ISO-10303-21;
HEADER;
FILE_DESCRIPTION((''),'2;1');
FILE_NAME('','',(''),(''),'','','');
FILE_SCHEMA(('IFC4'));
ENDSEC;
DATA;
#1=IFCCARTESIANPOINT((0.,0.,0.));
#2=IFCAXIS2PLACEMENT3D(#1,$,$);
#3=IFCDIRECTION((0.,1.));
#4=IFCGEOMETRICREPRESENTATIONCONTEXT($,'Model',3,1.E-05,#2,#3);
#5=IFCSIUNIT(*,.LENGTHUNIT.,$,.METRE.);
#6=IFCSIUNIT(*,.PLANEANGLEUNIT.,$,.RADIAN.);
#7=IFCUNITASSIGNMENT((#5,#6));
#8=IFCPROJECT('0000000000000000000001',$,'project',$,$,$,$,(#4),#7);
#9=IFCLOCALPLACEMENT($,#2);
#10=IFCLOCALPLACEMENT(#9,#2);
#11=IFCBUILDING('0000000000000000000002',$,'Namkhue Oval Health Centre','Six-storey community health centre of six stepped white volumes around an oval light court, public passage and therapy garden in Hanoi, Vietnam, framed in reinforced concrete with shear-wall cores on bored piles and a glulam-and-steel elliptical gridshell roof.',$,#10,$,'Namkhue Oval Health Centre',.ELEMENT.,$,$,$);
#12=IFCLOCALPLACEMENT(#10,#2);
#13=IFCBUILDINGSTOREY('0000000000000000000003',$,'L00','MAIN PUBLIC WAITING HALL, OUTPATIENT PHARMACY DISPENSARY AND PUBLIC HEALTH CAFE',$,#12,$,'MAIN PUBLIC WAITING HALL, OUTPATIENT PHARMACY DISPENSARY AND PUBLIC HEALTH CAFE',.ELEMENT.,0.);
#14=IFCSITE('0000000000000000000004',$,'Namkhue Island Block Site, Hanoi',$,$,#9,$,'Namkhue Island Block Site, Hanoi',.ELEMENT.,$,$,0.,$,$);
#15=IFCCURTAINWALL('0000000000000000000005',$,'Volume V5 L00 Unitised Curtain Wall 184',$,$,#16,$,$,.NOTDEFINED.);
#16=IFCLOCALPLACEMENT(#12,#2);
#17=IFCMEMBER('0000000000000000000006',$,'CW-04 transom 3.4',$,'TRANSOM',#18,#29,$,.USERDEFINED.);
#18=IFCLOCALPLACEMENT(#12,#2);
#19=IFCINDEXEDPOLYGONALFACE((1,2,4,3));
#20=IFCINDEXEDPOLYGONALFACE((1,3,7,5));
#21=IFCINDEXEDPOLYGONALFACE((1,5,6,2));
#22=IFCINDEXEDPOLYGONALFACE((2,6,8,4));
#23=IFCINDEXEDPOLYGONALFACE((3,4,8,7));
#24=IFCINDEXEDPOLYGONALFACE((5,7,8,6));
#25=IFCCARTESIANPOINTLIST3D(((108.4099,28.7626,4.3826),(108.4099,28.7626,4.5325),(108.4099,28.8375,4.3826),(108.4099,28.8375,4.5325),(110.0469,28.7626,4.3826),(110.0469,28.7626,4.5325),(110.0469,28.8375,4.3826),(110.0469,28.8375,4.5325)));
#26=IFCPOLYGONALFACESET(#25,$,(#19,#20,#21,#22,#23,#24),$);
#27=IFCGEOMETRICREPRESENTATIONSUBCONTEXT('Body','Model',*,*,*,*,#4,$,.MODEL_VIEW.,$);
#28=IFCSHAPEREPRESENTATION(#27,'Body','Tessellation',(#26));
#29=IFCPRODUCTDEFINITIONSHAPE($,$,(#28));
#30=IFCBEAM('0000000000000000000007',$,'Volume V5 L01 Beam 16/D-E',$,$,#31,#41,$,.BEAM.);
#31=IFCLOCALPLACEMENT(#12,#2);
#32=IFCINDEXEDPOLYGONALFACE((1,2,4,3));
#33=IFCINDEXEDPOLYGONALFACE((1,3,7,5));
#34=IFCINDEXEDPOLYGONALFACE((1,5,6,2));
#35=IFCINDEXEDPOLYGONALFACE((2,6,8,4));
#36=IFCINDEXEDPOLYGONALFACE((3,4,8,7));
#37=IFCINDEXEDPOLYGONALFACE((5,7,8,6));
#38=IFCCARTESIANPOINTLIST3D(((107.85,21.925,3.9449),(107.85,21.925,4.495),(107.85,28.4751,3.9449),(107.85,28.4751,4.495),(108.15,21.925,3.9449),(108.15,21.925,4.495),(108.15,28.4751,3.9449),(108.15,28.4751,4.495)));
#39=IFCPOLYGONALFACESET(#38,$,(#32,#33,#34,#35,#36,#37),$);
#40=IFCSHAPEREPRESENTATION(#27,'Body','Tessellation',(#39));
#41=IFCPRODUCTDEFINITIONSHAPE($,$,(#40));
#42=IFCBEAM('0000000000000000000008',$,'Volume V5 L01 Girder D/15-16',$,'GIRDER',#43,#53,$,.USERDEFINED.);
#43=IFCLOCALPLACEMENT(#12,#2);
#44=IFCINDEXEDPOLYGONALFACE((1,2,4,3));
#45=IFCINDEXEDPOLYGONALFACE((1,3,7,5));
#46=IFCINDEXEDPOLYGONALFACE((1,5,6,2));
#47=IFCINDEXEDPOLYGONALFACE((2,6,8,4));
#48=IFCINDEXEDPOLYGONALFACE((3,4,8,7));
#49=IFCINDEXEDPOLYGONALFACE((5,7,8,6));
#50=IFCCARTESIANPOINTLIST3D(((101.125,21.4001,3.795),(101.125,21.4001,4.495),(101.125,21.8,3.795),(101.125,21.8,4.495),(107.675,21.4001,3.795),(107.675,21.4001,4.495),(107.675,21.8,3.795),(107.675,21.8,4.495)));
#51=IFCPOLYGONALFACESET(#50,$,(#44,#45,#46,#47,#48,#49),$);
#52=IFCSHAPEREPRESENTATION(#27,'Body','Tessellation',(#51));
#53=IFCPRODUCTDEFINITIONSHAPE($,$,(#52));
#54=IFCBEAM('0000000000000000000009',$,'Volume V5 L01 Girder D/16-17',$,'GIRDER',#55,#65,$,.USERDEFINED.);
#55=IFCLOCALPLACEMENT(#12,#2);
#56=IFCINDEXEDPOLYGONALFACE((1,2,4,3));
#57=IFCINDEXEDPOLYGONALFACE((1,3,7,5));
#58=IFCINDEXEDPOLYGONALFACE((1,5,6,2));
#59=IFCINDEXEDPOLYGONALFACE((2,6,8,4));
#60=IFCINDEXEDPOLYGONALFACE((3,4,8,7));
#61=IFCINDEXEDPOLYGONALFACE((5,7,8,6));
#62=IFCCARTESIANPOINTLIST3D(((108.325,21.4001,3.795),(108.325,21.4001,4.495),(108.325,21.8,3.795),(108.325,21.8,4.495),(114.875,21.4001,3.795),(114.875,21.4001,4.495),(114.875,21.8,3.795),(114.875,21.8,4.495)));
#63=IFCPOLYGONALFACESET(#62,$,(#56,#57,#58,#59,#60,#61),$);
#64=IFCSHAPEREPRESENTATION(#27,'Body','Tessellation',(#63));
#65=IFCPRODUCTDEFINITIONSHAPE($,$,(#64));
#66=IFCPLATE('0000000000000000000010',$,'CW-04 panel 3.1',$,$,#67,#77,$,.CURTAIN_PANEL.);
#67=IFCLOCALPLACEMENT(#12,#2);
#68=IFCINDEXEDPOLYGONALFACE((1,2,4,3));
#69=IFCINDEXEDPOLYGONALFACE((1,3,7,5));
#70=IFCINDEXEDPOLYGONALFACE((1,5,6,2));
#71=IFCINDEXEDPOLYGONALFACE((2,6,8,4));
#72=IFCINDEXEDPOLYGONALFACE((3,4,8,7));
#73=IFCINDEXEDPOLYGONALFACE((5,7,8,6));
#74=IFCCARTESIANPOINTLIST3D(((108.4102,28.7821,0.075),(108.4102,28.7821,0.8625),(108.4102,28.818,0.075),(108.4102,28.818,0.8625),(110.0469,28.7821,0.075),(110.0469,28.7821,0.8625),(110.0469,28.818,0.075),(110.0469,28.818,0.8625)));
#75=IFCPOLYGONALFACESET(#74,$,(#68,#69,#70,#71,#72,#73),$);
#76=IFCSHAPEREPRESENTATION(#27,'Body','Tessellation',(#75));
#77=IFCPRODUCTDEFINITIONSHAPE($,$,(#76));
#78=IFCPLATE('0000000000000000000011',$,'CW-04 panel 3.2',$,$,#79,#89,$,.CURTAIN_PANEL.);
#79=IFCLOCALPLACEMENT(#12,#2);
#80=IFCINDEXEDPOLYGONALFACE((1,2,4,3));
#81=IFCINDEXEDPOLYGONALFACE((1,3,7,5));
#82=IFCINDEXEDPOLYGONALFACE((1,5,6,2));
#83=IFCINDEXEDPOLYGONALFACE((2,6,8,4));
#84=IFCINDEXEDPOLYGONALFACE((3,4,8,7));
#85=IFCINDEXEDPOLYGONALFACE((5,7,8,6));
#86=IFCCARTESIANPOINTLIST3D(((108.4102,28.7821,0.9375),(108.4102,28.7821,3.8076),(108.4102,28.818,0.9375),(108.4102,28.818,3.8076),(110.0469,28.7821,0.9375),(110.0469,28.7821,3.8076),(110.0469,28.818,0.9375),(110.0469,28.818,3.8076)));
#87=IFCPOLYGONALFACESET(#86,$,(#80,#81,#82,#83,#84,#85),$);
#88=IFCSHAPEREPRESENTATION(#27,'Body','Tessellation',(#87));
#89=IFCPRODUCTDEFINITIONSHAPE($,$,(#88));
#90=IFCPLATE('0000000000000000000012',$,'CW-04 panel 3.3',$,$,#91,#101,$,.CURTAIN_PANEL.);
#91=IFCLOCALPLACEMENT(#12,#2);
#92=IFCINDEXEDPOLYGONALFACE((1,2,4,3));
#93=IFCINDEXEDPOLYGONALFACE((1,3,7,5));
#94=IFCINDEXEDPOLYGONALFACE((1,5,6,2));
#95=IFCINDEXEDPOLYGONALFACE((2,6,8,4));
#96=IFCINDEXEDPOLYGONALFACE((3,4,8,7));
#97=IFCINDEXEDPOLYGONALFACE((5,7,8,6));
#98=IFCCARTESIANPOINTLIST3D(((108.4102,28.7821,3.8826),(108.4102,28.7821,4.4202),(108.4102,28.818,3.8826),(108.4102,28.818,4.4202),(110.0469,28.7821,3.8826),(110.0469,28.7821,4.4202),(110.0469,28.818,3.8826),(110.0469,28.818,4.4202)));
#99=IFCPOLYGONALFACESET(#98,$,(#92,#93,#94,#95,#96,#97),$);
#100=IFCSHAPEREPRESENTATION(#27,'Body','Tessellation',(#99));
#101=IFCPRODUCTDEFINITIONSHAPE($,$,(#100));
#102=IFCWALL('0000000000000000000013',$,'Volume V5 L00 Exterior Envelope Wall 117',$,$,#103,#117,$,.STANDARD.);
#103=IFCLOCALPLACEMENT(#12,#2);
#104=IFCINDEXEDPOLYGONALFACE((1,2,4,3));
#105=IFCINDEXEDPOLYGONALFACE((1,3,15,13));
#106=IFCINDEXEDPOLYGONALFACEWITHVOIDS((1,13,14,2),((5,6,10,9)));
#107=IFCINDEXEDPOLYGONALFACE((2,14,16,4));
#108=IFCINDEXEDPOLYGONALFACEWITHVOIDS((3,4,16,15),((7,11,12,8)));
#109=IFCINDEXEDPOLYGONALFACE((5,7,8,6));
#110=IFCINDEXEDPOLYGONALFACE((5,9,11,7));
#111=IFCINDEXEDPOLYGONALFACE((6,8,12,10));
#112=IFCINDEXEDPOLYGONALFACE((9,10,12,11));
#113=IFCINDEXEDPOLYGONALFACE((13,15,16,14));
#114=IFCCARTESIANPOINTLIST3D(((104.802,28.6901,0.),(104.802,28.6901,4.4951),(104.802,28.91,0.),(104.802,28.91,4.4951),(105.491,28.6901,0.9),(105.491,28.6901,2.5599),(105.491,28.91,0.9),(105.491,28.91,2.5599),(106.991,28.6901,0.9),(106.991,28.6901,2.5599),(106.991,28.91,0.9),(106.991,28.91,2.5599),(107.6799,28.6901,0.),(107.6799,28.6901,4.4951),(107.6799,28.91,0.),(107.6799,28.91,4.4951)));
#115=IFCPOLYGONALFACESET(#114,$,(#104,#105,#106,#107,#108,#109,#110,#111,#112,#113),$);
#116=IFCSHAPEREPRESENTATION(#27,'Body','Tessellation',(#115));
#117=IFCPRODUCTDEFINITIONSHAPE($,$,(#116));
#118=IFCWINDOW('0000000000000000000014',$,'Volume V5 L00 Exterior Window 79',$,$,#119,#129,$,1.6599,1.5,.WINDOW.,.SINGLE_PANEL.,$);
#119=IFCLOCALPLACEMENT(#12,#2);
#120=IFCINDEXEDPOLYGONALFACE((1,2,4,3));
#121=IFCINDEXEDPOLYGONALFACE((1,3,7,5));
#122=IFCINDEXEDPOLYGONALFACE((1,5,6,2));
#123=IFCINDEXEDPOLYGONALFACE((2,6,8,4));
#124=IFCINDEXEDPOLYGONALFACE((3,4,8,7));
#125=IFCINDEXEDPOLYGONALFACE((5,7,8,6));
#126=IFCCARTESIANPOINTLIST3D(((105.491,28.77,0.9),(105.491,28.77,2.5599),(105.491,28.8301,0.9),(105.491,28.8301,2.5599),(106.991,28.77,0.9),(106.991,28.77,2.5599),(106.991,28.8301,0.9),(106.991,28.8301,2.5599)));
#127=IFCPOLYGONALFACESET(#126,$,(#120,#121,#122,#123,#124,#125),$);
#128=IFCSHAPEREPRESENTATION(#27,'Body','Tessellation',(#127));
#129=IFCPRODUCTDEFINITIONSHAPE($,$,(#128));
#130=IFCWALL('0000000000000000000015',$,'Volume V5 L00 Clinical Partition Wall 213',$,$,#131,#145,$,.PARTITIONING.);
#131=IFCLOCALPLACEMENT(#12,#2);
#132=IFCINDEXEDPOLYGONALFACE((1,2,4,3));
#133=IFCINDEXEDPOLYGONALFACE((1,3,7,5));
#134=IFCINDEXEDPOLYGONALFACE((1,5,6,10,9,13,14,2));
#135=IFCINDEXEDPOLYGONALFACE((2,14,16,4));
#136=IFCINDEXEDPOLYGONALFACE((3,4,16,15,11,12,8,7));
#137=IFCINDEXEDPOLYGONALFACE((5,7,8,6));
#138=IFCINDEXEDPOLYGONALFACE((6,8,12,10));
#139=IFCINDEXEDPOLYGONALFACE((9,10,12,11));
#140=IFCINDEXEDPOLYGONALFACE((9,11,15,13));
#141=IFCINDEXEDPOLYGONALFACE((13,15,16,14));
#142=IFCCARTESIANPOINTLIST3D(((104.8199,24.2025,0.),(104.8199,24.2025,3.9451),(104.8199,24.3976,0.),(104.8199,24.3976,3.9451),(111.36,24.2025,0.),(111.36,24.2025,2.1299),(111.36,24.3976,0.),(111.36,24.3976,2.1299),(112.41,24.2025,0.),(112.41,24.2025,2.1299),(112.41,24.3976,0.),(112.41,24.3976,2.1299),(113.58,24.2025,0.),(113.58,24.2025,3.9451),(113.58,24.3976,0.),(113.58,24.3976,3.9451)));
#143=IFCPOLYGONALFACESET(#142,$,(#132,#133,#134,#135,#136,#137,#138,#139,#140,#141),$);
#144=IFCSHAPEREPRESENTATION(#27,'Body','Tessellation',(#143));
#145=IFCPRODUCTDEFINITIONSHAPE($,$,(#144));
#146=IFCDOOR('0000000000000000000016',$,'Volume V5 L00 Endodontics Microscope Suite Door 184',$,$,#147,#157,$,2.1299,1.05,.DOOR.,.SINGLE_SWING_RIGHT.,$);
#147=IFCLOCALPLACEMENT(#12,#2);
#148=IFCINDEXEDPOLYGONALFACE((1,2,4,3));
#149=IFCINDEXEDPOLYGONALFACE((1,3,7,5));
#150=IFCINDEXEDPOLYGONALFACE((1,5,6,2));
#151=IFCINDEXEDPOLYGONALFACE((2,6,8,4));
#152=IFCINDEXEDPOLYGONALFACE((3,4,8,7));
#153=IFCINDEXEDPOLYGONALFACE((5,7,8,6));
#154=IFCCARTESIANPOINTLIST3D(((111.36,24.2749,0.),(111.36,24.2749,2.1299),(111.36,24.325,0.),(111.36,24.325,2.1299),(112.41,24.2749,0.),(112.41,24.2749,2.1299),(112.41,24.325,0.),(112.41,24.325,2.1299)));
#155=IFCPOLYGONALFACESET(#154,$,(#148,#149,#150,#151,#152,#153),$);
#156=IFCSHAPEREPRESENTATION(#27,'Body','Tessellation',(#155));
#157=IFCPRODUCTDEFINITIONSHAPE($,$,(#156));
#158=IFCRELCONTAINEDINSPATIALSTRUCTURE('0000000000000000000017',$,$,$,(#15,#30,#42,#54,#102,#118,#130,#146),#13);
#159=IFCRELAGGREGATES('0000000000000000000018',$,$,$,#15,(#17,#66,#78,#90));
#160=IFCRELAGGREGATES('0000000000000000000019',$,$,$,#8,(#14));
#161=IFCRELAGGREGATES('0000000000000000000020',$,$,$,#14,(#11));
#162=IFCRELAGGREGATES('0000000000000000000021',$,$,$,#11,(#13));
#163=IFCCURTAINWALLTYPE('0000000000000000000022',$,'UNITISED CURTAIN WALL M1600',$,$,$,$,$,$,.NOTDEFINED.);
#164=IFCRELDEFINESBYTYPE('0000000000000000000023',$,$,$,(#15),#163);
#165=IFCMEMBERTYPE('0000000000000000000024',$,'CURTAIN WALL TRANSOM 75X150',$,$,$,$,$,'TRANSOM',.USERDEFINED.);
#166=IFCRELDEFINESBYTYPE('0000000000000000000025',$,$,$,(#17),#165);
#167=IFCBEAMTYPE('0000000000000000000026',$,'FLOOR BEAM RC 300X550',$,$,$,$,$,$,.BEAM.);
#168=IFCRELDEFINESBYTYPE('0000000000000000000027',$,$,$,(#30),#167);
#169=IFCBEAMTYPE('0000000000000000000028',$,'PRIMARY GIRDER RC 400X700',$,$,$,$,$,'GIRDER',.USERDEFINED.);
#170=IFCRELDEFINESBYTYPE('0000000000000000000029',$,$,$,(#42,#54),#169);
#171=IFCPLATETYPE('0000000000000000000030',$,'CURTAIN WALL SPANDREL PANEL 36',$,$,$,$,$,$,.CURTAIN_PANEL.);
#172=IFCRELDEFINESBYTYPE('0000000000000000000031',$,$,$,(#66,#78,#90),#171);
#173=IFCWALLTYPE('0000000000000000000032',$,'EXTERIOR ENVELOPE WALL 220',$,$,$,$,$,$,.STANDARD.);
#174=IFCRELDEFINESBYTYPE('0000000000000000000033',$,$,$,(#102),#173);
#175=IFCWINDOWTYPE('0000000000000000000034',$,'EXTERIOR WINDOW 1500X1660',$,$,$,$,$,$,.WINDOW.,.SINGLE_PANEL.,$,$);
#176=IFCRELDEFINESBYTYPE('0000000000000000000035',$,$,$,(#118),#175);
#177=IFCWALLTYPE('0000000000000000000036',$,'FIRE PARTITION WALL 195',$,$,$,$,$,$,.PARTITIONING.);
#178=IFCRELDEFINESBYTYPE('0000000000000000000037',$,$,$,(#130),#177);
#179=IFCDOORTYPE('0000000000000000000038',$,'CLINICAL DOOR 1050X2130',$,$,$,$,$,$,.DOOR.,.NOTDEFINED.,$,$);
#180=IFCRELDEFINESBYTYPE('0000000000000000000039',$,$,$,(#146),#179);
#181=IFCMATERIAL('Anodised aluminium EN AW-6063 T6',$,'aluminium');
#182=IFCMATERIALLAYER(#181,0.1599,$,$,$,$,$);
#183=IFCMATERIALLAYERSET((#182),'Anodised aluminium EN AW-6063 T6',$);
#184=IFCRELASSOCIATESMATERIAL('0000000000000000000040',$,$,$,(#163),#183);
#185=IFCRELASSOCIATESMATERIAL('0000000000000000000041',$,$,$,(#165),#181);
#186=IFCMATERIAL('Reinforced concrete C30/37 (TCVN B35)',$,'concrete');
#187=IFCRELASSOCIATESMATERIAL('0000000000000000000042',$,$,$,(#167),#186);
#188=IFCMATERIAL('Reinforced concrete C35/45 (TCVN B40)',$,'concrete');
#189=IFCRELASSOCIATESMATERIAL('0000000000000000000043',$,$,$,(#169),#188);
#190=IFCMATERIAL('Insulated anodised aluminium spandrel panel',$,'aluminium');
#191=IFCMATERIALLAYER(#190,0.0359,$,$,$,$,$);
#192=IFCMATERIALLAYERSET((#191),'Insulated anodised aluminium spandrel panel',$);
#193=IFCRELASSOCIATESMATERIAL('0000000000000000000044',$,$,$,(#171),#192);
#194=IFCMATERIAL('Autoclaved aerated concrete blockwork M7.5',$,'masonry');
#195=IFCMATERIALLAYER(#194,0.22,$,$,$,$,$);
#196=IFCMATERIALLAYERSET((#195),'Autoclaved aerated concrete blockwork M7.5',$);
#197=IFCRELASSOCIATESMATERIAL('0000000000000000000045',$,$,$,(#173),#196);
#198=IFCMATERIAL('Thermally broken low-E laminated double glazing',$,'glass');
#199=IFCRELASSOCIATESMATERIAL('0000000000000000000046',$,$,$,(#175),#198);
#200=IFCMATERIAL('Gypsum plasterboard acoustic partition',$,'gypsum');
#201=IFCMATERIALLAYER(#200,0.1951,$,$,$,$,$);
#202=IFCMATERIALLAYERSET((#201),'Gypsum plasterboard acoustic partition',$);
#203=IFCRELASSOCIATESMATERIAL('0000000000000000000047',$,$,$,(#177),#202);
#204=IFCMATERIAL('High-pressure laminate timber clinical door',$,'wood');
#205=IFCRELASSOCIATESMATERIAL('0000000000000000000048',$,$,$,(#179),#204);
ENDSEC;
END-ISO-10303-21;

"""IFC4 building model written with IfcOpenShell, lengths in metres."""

from ifc_helpers import new_model, si_unit, direction, frame, frame_2d, origin, origin_2d, place, context, subcontext, project, spatial, rectangle, extrude, material, layer, layer_set, material_profile, profile_set, type_object, element, fill, aggregate, save


model = new_model("IFC4")

# Units and contexts
model_context = context("Model", 3, precision=1e-05, world=origin(), true_north=direction((0.0, 1.0)))
body_context = subcontext(model_context, "Body", "Model", "MODEL_VIEW")
ifc_project = project(units=[si_unit("LENGTHUNIT", "METRE"), si_unit("PLANEANGLEUNIT", "RADIAN")], contexts=[model_context])

# Site, building, storey
site_placement = place(None, origin())
site = spatial("IfcSite", under=ifc_project, at=site_placement, Name="Namkhue Island Block Site, Hanoi", LongName="Namkhue Island Block Site, Hanoi", CompositionType="ELEMENT", RefElevation=0.0)
building_placement = place(site_placement, origin())
building = spatial("IfcBuilding", under=site, at=building_placement, Name="Namkhue Oval Health Centre", Description="Six-storey community health centre of six stepped white volumes around an oval light court, public passage and therapy garden in Hanoi, Vietnam, framed in reinforced concrete with shear-wall cores on bored piles and a glulam-and-steel elliptical gridshell roof.", LongName="Namkhue Oval Health Centre", CompositionType="ELEMENT")
storey_placement = place(building_placement, origin())
storey = spatial("IfcBuildingStorey", under=building, at=storey_placement, Name="L00", Description="MAIN PUBLIC WAITING HALL, OUTPATIENT PHARMACY DISPENSARY AND PUBLIC HEALTH CAFE", LongName="MAIN PUBLIC WAITING HALL, OUTPATIENT PHARMACY DISPENSARY AND PUBLIC HEALTH CAFE", CompositionType="ELEMENT", Elevation=0.0)

# Shared definitions
ifc_material_1 = material(Name="Reinforced concrete C30/37 (TCVN B35)", Category="concrete")

# Shared definitions
ifc_material_2 = material(Name="Reinforced concrete C35/45 (TCVN B40)", Category="concrete")

# Curtain wall, member
ifc_material_3 = material(Name="Anodised aluminium EN AW-6063 T6", Category="aluminium")
ifc_layer_1 = layer(ifc_material_3, 0.1599)
ifc_layer_set_1 = layer_set([ifc_layer_1], Name="Anodised aluminium EN AW-6063 T6")
curtain_wall_type = type_object("IfcCurtainWallType", Name="UNITISED CURTAIN WALL M1600", PredefinedType="NOTDEFINED", material=ifc_layer_set_1)
curtain_wall_placement = place(storey_placement, origin())
curtain_wall = element("IfcCurtainWall", 1, at=curtain_wall_placement, inside=storey, type_object=curtain_wall_type, Name="Volume V5 L00 Unitised Curtain Wall 184", PredefinedType="NOTDEFINED")
ifc_material_profile_1 = material_profile(ifc_material_3, rectangle(XDim=0.075, YDim=0.1499, at=origin_2d()), Name="ALU 75x150")
ifc_profile_set_1 = profile_set([ifc_material_profile_1], Name="Anodised aluminium EN AW-6063 T6")
member_type_1 = type_object("IfcMemberType", Name="CURTAIN WALL TRANSOM 75X150", ElementType="TRANSOM", PredefinedType="USERDEFINED", material=ifc_profile_set_1)
member_1_placement = place(storey_placement, frame((110.0469, 28.8, 4.4575), z_axis=(-1.0, 0.0, 0.0), x_axis=(0.0, -1.0, 0.0)))
member_1 = element("IfcMember", 2, at=member_1_placement, type_object=member_type_1, Name="CW-04 transom 3.4", ObjectType="TRANSOM", PredefinedType="USERDEFINED", context=body_context, shape_type="SweptSolid", body=[
    extrude(rectangle(XDim=0.075, YDim=0.1499, at=origin_2d()), origin(), (0.0, 0.0, 1.0), 1.637),
])

# Beams
ifc_material_profile_2 = material_profile(ifc_material_1, rectangle(XDim=0.3, YDim=0.55, at=origin_2d()), Name="RC 300x550")
ifc_profile_set_2 = profile_set([ifc_material_profile_2], Name="Reinforced concrete C30/37 (TCVN B35)")
beam_type_1 = type_object("IfcBeamType", Name="FLOOR BEAM RC 300X550", PredefinedType="BEAM", material=ifc_profile_set_2)
beam_placement = place(storey_placement, frame((108.0, 21.925, 4.22), z_axis=(0.0, 1.0, 0.0), x_axis=(-1.0, 0.0, 0.0)))
element("IfcBeam", 3, at=beam_placement, inside=storey, type_object=beam_type_1, Name="Volume V5 L01 Beam 16/D-E", PredefinedType="BEAM", context=body_context, shape_type="SweptSolid", body=[
    extrude(rectangle(XDim=0.3, YDim=0.55, at=origin_2d()), origin(), (0.0, 0.0, 1.0), 6.55),
])
ifc_material_profile_3 = material_profile(ifc_material_2, rectangle(XDim=0.3999, YDim=0.7, at=origin_2d()), Name="RC 400x700")
ifc_profile_set_3 = profile_set([ifc_material_profile_3], Name="Reinforced concrete C35/45 (TCVN B40)")
beam_type_2 = type_object("IfcBeamType", Name="PRIMARY GIRDER RC 400X700", ElementType="GIRDER", PredefinedType="USERDEFINED", material=ifc_profile_set_3)
for number, where, z_axis, x_axis, name in (
    (4, (101.125, 21.6001, 4.145), (1.0, 0.0, 0.0), (0.0, 1.0, 0.0), "Volume V5 L01 Girder D/15-16"),
    (5, (108.325, 21.6001, 4.145), (1.0, 0.0, 0.0), (0.0, 1.0, 0.0), "Volume V5 L01 Girder D/16-17"),
):
    element("IfcBeam", number, at=place(storey_placement, frame(where, z_axis=z_axis, x_axis=x_axis)), inside=storey, type_object=beam_type_2, Name=name, ObjectType="GIRDER", PredefinedType="USERDEFINED", context=body_context, shape_type="SweptSolid", body=[
        extrude(rectangle(XDim=0.3999, YDim=0.7, at=origin_2d()), origin(), (0.0, 0.0, 1.0), 6.55),
    ])

# Plates
ifc_material_4 = material(Name="Insulated anodised aluminium spandrel panel", Category="aluminium")
ifc_layer_2 = layer(ifc_material_4, 0.0359)
ifc_layer_set_2 = layer_set([ifc_layer_2], Name="Insulated anodised aluminium spandrel panel")
plate_type = type_object("IfcPlateType", Name="CURTAIN WALL SPANDREL PANEL 36", PredefinedType="CURTAIN_PANEL", material=ifc_layer_set_2)
plate_1_placement = place(storey_placement, frame((109.2285, 28.8, 0.075), z_axis=(0.0, 0.0, 1.0), x_axis=(-1.0, 0.0, 0.0)))
plate_1 = element("IfcPlate", 6, at=plate_1_placement, type_object=plate_type, Name="CW-04 panel 3.1", PredefinedType="CURTAIN_PANEL", context=body_context, shape_type="SweptSolid", body=[
    extrude(rectangle(XDim=1.6367, YDim=0.0359, at=origin_2d()), origin(), (0.0, 0.0, 1.0), 0.7876),
])
plate_2_placement = place(storey_placement, frame((109.2285, 28.8, 0.9375), z_axis=(0.0, 0.0, 1.0), x_axis=(-1.0, 0.0, 0.0)))
plate_2 = element("IfcPlate", 7, at=plate_2_placement, type_object=plate_type, Name="CW-04 panel 3.2", PredefinedType="CURTAIN_PANEL", context=body_context, shape_type="SweptSolid", body=[
    extrude(rectangle(XDim=1.6367, YDim=0.0359, at=origin_2d()), origin(), (0.0, 0.0, 1.0), 2.8701),
])
plate_3_placement = place(storey_placement, frame((109.2285, 28.8, 3.8826), z_axis=(0.0, 0.0, 1.0), x_axis=(-1.0, 0.0, 0.0)))
plate_3 = element("IfcPlate", 8, at=plate_3_placement, type_object=plate_type, Name="CW-04 panel 3.3", PredefinedType="CURTAIN_PANEL", context=body_context, shape_type="SweptSolid", body=[
    extrude(rectangle(XDim=1.6367, YDim=0.0359, at=origin_2d()), origin(), (0.0, 0.0, 1.0), 0.5376),
])
aggregate(curtain_wall, [member_1, plate_1, plate_2, plate_3])

# Wall, opening, window
ifc_material_5 = material(Name="Autoclaved aerated concrete blockwork M7.5", Category="masonry")
ifc_layer_3 = layer(ifc_material_5, 0.22)
ifc_layer_set_3 = layer_set([ifc_layer_3], Name="Autoclaved aerated concrete blockwork M7.5")
wall_type_1 = type_object("IfcWallType", Name="EXTERIOR ENVELOPE WALL 220", PredefinedType="STANDARD", material=ifc_layer_set_3)
wall_1_placement = place(storey_placement, frame((107.6799, 28.8, 0.0), z_axis=(0.0, 0.0, 1.0), x_axis=(-1.0, 0.0, 0.0)))
wall_1 = element("IfcWall", 9, at=wall_1_placement, inside=storey, type_object=wall_type_1, Name="Volume V5 L00 Exterior Envelope Wall 117", PredefinedType="STANDARD", context=body_context, shape_type="SweptSolid", body=[
    extrude(rectangle(XDim=2.8779, YDim=0.22, at=frame_2d((1.439, 0.0))), origin(), (0.0, 0.0, 1.0), 4.4951),
])
opening_1_placement = place(wall_1_placement, frame((0.689, 0.0, 0.8999)))
opening_1 = element("IfcOpeningElement", 10, at=opening_1_placement, cuts=wall_1, PredefinedType="OPENING", context=body_context, shape_type="SweptSolid", body=[
    extrude(rectangle(XDim=1.5, YDim=1.6599, at=frame_2d((0.75, 0.8301))), frame((0.0, 0.1199, 0.0), z_axis=(0.0, -1.0, 0.0), x_axis=(1.0, 0.0, 0.0)), (0.0, 0.0, 1.0), 0.24),
])
ifc_material_6 = material(Name="Thermally broken low-E laminated double glazing", Category="glass")
window_type = type_object("IfcWindowType", Name="EXTERIOR WINDOW 1500X1660", PartitioningType="SINGLE_PANEL", PredefinedType="WINDOW", material=ifc_material_6)
window_placement = place(opening_1_placement, origin())
window = element("IfcWindow", 11, at=window_placement, inside=storey, type_object=window_type, Name="Volume V5 L00 Exterior Window 79", OverallHeight=1.6599, OverallWidth=1.5, PartitioningType="SINGLE_PANEL", PredefinedType="WINDOW", context=body_context, shape_type="SweptSolid", body=[
    extrude(rectangle(XDim=1.5, YDim=1.6599, at=frame_2d((0.75, 0.8301))), frame((0.0, 0.03, 0.0), z_axis=(0.0, -1.0, 0.0), x_axis=(1.0, 0.0, 0.0)), (0.0, 0.0, 1.0), 0.0601),
])
fill(opening_1, window)

# Wall, opening, door
ifc_material_7 = material(Name="Gypsum plasterboard acoustic partition", Category="gypsum")
ifc_layer_4 = layer(ifc_material_7, 0.1951)
ifc_layer_set_4 = layer_set([ifc_layer_4], Name="Gypsum plasterboard acoustic partition")
wall_type_2 = type_object("IfcWallType", Name="FIRE PARTITION WALL 195", PredefinedType="PARTITIONING", material=ifc_layer_set_4)
wall_2_placement = place(storey_placement, frame((104.8201, 24.3, 0.0), z_axis=(0.0, 0.0, 1.0), x_axis=(1.0, 0.0, 0.0)))
wall_2 = element("IfcWall", 12, at=wall_2_placement, inside=storey, type_object=wall_type_2, Name="Volume V5 L00 Clinical Partition Wall 213", PredefinedType="PARTITIONING", context=body_context, shape_type="SweptSolid", body=[
    extrude(rectangle(XDim=8.76, YDim=0.1951, at=frame_2d((4.3799, 0.0))), origin(), (0.0, 0.0, 1.0), 3.9451),
])
opening_2_placement = place(wall_2_placement, frame((6.54, 0.0, 0.0)))
opening_2 = element("IfcOpeningElement", 13, at=opening_2_placement, cuts=wall_2, PredefinedType="OPENING", context=body_context, shape_type="SweptSolid", body=[
    extrude(rectangle(XDim=1.05, YDim=2.1299, at=frame_2d((0.5249, 1.0649))), frame((0.0, 0.1074, 0.0), z_axis=(0.0, -1.0, 0.0), x_axis=(1.0, 0.0, 0.0)), (0.0, 0.0, 1.0), 0.2151),
])
ifc_material_8 = material(Name="High-pressure laminate timber clinical door", Category="wood")
door_type_1 = type_object("IfcDoorType", Name="CLINICAL DOOR 1050X2130", OperationType="NOTDEFINED", PredefinedType="DOOR", material=ifc_material_8)
door_1_placement = place(opening_2_placement, origin())
door_1 = element("IfcDoor", 14, at=door_1_placement, inside=storey, type_object=door_type_1, Name="Volume V5 L00 Endodontics Microscope Suite Door 184", OperationType="SINGLE_SWING_RIGHT", OverallHeight=2.1299, OverallWidth=1.05, PredefinedType="DOOR", context=body_context, shape_type="SweptSolid", body=[
    extrude(rectangle(XDim=1.05, YDim=2.1299, at=frame_2d((0.5249, 1.0649))), frame((0.0, 0.0249, 0.0), z_axis=(0.0, -1.0, 0.0), x_axis=(1.0, 0.0, 0.0)), (0.0, 0.0, 1.0), 0.05),
])
fill(opening_2, door_1)

save(model, "model.ifc")
